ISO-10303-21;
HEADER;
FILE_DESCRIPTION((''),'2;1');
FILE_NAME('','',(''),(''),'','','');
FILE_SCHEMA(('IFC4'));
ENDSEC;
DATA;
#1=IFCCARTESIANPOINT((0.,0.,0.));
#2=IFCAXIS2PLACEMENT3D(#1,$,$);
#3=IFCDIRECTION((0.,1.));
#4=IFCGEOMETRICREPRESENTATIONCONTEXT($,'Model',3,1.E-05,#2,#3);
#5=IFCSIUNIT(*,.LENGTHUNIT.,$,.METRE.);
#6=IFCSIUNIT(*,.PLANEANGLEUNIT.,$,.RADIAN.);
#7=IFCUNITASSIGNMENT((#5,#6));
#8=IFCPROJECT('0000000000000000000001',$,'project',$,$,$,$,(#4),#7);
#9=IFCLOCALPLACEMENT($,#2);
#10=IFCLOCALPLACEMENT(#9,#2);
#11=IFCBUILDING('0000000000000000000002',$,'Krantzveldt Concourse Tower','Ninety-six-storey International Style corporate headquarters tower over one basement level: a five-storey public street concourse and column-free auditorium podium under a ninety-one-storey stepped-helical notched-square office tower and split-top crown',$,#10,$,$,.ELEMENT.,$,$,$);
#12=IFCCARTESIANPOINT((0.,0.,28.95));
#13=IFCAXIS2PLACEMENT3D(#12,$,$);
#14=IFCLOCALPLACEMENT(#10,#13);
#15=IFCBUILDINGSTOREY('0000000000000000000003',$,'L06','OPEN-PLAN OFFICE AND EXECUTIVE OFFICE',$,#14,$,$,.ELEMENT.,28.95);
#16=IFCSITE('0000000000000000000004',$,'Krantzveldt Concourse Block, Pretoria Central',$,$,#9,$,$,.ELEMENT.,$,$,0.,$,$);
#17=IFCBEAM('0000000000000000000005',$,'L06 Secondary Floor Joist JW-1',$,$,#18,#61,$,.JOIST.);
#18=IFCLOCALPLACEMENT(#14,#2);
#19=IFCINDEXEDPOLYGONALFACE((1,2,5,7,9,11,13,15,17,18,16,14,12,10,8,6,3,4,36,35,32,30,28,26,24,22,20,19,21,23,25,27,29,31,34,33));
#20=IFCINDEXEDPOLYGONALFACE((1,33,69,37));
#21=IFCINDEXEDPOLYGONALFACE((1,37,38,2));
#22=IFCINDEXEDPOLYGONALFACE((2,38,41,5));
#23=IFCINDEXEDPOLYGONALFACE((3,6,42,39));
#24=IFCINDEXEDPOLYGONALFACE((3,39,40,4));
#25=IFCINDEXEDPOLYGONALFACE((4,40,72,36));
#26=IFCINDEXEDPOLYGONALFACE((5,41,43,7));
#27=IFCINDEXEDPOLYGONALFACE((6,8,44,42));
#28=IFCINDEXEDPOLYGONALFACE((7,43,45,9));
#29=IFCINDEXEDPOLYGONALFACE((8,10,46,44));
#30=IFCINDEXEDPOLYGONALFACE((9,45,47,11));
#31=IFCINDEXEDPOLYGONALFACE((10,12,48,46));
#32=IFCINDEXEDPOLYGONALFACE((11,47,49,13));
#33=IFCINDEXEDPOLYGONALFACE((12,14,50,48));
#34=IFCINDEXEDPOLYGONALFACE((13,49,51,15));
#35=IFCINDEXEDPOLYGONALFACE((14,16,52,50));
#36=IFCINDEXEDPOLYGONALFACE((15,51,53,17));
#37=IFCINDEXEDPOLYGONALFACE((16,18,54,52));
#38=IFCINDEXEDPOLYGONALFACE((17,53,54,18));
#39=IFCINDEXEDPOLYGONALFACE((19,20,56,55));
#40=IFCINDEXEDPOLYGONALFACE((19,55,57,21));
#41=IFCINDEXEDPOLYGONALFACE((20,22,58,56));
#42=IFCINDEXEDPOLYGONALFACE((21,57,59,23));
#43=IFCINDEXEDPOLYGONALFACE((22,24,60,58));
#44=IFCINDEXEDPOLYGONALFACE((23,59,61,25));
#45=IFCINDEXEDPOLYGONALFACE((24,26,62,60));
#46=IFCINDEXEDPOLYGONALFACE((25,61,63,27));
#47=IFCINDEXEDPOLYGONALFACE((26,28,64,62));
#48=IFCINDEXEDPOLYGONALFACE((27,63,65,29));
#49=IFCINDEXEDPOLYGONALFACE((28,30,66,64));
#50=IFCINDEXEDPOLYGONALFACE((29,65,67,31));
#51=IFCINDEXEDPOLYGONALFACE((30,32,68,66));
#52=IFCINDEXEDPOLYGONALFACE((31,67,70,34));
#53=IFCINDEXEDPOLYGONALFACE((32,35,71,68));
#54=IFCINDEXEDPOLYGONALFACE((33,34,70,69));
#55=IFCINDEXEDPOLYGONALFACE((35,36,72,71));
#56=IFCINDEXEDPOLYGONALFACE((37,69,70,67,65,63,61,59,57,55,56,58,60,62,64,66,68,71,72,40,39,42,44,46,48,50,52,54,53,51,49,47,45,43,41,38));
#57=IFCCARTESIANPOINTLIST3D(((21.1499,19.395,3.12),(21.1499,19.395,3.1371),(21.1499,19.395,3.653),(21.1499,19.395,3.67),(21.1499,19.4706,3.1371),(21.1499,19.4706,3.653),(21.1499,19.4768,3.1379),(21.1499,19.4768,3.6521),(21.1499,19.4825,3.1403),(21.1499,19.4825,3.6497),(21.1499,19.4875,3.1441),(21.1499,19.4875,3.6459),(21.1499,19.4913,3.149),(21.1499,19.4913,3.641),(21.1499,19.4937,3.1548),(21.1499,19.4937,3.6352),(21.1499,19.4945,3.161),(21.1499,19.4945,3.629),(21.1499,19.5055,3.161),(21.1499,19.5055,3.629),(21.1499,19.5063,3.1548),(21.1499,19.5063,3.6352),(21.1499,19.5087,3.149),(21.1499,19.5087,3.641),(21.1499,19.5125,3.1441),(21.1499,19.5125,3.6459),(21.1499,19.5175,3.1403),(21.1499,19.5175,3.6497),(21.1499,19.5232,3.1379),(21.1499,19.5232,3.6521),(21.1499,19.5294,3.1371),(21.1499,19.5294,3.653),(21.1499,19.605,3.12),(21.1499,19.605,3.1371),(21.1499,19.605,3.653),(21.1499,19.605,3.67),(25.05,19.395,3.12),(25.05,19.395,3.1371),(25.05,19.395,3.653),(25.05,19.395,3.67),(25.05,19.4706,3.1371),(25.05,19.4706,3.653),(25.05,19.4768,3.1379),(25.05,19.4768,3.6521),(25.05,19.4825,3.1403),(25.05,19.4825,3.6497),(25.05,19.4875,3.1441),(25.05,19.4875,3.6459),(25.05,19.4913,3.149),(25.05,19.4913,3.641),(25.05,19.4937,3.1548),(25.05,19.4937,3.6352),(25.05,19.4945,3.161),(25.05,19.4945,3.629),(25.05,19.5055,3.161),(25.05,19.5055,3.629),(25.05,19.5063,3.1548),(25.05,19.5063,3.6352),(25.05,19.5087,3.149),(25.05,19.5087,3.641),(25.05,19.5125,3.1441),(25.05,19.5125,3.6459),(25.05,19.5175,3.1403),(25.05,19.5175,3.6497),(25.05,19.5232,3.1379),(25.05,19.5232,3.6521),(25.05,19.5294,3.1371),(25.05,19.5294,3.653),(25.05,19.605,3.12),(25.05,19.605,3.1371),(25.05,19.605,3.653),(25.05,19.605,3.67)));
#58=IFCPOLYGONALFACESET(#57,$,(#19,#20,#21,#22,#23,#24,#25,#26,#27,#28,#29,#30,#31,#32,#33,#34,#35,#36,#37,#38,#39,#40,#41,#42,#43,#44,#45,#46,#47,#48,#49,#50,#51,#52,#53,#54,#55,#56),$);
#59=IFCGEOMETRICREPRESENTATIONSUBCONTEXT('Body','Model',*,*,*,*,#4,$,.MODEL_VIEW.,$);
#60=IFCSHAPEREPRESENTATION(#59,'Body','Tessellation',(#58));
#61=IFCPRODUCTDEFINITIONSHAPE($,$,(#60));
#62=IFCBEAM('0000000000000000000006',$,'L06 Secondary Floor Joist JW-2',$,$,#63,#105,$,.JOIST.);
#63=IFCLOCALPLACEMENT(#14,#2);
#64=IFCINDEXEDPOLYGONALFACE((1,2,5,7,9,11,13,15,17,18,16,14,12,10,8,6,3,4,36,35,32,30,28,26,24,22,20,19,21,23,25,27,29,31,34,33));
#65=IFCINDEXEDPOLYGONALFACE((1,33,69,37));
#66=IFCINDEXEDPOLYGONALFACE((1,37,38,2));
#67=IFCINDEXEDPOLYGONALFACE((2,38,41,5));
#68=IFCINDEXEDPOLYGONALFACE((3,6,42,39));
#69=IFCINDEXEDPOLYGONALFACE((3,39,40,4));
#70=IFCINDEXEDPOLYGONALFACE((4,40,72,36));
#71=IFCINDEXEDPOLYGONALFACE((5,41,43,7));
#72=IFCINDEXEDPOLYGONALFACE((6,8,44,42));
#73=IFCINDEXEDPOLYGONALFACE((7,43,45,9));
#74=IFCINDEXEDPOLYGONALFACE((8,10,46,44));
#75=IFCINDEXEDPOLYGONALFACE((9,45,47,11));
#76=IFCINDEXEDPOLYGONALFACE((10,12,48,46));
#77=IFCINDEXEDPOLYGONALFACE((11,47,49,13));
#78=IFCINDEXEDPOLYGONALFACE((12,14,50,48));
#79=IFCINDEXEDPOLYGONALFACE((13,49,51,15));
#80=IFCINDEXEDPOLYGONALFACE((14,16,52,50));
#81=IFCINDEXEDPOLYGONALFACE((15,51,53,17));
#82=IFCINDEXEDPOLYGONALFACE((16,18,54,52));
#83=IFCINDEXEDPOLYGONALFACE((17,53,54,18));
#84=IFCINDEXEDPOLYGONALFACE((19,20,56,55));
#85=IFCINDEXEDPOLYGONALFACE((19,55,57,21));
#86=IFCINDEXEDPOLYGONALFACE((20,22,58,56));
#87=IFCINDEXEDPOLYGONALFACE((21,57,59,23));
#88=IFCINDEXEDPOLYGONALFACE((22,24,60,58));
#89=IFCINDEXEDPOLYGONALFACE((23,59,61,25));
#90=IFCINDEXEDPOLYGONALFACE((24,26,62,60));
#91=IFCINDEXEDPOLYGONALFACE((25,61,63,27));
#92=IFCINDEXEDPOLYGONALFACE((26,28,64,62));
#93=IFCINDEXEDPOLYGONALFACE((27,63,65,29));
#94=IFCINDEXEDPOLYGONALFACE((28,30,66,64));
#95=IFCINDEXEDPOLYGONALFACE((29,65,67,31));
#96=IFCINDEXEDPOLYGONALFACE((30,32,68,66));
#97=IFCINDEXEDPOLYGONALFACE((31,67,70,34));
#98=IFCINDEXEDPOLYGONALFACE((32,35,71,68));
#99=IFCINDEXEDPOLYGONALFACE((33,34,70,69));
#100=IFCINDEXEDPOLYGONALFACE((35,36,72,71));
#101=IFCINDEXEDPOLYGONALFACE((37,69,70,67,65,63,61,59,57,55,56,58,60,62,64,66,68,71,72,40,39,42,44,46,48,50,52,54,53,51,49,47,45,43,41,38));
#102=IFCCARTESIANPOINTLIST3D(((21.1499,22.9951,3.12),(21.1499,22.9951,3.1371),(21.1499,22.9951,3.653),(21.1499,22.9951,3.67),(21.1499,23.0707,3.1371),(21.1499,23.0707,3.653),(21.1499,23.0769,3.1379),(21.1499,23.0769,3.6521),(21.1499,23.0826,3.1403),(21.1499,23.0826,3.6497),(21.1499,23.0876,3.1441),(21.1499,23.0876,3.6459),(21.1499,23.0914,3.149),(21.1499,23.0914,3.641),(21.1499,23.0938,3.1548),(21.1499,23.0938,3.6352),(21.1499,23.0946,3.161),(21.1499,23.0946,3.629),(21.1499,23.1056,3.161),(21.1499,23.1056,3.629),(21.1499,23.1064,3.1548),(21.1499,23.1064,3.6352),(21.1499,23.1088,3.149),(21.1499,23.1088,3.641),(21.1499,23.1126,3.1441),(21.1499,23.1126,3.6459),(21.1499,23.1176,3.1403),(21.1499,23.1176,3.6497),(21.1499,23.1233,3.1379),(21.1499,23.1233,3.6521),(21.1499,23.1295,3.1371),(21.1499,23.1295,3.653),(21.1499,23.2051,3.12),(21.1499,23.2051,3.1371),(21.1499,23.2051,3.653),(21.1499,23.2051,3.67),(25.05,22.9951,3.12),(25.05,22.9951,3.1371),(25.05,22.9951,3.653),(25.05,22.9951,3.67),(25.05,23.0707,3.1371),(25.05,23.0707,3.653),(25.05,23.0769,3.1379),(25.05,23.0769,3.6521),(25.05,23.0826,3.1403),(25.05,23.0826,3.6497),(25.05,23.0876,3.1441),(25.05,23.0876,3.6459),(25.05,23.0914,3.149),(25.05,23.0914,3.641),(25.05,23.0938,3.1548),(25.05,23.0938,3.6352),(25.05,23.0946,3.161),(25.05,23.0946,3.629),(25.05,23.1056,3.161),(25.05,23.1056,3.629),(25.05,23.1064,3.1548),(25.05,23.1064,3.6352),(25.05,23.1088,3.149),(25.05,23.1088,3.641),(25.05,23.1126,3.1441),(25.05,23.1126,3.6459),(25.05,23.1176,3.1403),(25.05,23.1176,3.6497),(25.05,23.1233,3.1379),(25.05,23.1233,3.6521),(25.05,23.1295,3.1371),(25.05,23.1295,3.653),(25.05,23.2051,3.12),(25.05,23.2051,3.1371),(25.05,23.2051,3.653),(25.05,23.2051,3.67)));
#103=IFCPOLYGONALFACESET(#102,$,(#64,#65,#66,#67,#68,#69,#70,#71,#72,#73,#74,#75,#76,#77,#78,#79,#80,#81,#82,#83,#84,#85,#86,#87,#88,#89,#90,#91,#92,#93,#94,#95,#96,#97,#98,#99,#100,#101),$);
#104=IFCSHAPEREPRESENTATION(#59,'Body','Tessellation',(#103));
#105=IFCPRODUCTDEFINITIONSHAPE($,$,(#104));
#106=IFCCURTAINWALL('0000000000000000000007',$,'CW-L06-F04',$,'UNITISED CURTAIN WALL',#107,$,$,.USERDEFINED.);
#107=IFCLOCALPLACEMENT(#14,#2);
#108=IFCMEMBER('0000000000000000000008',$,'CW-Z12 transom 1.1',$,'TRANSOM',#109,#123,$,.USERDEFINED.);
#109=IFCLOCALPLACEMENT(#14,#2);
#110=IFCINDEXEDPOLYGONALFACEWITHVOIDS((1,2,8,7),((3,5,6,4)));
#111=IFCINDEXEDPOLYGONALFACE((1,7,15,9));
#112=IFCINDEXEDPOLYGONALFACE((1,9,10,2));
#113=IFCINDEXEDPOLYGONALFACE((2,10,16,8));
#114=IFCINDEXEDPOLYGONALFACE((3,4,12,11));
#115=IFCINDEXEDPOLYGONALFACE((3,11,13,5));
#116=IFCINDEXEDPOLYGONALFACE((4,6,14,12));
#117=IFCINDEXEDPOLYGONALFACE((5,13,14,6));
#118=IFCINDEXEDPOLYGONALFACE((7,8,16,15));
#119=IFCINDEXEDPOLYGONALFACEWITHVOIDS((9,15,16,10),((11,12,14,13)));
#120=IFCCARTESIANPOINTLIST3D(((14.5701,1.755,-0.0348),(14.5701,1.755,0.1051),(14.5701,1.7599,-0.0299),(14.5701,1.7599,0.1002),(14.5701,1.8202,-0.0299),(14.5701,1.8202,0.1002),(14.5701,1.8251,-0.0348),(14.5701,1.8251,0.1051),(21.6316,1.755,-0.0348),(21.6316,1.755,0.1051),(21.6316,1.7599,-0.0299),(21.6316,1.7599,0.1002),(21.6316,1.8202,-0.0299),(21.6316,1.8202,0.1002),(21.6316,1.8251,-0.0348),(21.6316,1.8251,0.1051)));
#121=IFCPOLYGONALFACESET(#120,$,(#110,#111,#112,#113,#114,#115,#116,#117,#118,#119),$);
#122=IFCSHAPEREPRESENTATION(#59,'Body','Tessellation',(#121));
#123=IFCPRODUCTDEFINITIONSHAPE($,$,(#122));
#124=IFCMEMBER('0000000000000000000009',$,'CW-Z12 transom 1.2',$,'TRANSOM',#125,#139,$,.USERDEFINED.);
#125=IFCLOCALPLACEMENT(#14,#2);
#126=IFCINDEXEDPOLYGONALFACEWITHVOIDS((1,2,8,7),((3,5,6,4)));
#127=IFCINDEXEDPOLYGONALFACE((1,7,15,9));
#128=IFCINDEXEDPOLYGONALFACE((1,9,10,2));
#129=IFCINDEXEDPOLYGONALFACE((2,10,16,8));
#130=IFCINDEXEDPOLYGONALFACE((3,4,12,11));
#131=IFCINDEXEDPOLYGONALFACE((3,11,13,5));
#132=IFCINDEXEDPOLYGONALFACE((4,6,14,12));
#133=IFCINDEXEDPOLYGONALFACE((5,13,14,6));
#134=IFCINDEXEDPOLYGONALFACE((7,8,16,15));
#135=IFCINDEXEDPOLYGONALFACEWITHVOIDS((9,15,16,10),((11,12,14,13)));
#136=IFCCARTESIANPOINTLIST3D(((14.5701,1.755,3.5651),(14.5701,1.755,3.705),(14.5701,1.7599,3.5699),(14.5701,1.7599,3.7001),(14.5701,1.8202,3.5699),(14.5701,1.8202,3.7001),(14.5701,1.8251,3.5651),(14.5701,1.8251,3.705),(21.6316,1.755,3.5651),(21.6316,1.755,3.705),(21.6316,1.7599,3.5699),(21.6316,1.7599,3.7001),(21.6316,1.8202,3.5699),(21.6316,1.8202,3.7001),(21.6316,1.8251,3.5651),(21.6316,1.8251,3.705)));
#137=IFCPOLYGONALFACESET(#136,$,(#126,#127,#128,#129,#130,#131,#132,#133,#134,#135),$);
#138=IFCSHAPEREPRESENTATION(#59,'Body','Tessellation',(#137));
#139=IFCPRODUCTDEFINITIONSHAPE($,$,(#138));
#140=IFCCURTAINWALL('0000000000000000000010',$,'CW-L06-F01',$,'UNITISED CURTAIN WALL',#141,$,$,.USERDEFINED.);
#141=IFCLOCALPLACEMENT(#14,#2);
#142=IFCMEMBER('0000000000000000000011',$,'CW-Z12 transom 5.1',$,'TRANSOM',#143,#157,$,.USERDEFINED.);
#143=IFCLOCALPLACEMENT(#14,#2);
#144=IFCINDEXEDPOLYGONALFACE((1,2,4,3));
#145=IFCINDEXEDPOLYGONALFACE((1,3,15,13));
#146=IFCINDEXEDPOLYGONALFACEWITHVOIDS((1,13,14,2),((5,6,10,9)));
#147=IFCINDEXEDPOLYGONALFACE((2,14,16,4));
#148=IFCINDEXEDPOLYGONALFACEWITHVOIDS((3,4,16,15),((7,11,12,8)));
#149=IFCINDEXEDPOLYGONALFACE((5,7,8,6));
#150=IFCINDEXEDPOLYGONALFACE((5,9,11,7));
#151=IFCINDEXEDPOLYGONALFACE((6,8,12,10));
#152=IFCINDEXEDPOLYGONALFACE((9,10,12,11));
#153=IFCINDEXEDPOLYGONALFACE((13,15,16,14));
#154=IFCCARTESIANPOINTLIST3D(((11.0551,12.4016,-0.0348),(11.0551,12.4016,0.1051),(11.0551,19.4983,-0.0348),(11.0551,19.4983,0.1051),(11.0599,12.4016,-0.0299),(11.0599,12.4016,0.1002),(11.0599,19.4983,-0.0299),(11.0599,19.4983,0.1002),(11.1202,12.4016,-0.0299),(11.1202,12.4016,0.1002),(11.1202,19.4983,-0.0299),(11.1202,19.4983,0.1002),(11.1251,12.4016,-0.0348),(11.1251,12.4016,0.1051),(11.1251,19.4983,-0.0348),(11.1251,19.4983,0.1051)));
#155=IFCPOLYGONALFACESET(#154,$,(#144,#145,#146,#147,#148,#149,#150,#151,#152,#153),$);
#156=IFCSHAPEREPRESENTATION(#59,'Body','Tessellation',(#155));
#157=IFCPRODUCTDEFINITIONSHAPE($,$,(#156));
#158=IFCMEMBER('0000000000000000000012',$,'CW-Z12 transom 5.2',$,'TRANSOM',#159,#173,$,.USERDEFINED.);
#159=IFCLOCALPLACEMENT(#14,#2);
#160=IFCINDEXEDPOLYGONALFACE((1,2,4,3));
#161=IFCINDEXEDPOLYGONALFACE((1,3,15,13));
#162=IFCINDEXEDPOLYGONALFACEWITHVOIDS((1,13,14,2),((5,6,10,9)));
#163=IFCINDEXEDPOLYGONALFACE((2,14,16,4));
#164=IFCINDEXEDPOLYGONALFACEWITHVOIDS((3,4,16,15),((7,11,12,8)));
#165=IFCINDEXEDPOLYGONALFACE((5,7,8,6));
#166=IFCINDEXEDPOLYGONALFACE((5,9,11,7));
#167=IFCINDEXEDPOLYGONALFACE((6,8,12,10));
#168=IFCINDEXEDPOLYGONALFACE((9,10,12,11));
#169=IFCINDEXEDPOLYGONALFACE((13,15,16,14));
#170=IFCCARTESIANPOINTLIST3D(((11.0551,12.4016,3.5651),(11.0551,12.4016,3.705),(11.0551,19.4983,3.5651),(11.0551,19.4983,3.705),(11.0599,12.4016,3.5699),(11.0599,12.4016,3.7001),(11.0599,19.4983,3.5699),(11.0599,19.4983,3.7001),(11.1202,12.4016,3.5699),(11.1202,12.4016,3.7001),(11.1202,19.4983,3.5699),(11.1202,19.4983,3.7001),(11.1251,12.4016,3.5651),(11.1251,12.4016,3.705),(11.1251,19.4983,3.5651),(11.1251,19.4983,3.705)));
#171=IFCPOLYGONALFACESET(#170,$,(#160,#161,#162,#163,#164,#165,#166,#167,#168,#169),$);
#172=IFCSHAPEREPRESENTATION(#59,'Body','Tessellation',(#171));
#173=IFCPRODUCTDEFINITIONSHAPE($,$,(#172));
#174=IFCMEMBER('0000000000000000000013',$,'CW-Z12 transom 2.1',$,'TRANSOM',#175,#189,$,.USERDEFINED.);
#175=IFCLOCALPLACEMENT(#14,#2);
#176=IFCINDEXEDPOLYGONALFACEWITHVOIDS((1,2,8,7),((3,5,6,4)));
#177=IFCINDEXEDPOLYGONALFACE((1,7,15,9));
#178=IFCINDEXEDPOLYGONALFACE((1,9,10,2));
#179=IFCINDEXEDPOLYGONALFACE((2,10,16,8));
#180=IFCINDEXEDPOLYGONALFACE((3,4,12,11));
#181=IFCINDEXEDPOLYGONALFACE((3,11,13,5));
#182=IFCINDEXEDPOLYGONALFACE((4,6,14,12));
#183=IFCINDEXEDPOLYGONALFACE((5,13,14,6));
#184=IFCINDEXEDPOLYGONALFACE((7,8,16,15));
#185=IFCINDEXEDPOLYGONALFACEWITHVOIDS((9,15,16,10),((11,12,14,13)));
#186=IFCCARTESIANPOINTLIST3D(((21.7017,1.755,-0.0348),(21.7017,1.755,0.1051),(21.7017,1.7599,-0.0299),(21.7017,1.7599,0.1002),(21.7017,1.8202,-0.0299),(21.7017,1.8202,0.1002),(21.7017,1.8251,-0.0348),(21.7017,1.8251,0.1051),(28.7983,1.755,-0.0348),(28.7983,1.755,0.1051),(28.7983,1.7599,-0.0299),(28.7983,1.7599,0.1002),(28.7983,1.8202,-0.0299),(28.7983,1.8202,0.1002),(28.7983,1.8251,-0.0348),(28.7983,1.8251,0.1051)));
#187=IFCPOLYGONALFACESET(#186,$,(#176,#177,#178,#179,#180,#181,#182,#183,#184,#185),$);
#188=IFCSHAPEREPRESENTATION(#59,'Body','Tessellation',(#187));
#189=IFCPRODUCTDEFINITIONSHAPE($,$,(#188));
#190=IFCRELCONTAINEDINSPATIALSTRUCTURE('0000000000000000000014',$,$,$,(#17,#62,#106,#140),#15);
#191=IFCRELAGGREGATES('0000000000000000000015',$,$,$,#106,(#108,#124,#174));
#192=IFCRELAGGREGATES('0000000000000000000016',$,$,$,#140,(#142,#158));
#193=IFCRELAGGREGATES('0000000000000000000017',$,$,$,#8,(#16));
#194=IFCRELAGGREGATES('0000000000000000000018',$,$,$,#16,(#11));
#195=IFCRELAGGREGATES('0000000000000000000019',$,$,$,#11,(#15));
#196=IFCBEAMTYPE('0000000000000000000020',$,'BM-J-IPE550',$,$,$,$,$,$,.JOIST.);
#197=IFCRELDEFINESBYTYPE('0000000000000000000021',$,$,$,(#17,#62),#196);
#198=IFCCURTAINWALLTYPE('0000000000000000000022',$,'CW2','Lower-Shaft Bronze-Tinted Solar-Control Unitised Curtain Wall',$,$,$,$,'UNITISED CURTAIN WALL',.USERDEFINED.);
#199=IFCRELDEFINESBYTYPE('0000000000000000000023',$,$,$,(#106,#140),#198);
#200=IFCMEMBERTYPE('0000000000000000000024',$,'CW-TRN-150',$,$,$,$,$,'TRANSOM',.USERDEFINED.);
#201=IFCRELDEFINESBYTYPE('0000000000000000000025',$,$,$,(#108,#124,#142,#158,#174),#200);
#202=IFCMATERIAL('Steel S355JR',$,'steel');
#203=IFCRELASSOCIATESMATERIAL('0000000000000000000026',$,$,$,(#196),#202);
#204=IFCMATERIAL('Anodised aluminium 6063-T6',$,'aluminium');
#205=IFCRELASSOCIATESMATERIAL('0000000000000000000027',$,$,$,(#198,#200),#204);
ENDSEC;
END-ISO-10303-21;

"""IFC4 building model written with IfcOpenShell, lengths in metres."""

from ifc_helpers import new_model, si_unit, direction, frame, origin, origin_2d, place, context, subcontext, project, spatial, hollow_rectangle, i_section, extrude, source, transform, mapped, material, material_profile, profile_set, type_object, type_shapes, element, aggregate, save


model = new_model("IFC4")

# Units and contexts
model_context = context("Model", 3, precision=1e-05, world=origin(), true_north=direction((0.0, 1.0)))
body_context = subcontext(model_context, "Body", "Model", "MODEL_VIEW")
ifc_project = project(units=[si_unit("LENGTHUNIT", "METRE"), si_unit("PLANEANGLEUNIT", "RADIAN")], contexts=[model_context])

# Site, building, storey
site_placement = place(None, origin())
site = spatial("IfcSite", under=ifc_project, at=site_placement, Name="Krantzveldt Concourse Block, Pretoria Central", CompositionType="ELEMENT", RefElevation=0.0)
building_placement = place(site_placement, origin())
building = spatial("IfcBuilding", under=site, at=building_placement, Name="Krantzveldt Concourse Tower", Description="Ninety-six-storey International Style corporate headquarters tower over one basement level: a five-storey public street concourse and column-free auditorium podium under a ninety-one-storey stepped-helical notched-square office tower and split-top crown", CompositionType="ELEMENT")
storey_placement = place(building_placement, frame((0.0, 0.0, 28.95)))
storey = spatial("IfcBuildingStorey", under=building, at=storey_placement, Name="L06", Description="OPEN-PLAN OFFICE AND EXECUTIVE OFFICE", CompositionType="ELEMENT", Elevation=28.95)

# Beams
ifc_material_1 = material(Name="Steel S355JR", Category="steel")
ifc_material_profile_1 = material_profile(ifc_material_1, i_section(OverallWidth=0.21, OverallDepth=0.55, WebThickness=0.011, FlangeThickness=0.0171, FilletRadius=0.0239, at=origin_2d()), Name="Steel S355JR", Category="steel")
ifc_profile_set_1 = profile_set([ifc_material_profile_1], Name="Steel S355JR - IPE 550")
beam_type_1 = type_object("IfcBeamType", Name="BM-J-IPE550", PredefinedType="JOIST", material=ifc_profile_set_1)
shared_shape_1 = source(origin(), body_context, "Body", "SweptSolid", [
    extrude(i_section(OverallWidth=0.21, OverallDepth=0.55, WebThickness=0.011, FlangeThickness=0.0171, FilletRadius=0.0239, at=origin_2d()), origin(), (0.0, 0.0, 1.0), 3.9001),
])
type_shapes(beam_type_1, [shared_shape_1])
for number, where, z_axis, x_axis, name in (
    (1, (21.1499, 19.5, 3.395), (1.0, 0.0, 0.0), (0.0, 1.0, 0.0), "L06 Secondary Floor Joist JW-1"),
    (2, (21.1499, 23.1001, 3.395), (1.0, 0.0, 0.0), (0.0, 1.0, 0.0), "L06 Secondary Floor Joist JW-2"),
):
    element("IfcBeam", number, at=place(storey_placement, frame(where, z_axis=z_axis, x_axis=x_axis)), inside=storey, type_object=beam_type_1, Name=name, PredefinedType="JOIST", context=body_context, shape_type="MappedRepresentation", body=[
        mapped(shared_shape_1, transform((0.0, 0.0, 0.0), x_axis=(1.0, 0.0, 0.0), y_axis=(0.0, 1.0, 0.0), z_axis=(0.0, 0.0, 1.0), scale=1.0)),
    ])

# Curtain walls, members
ifc_material_2 = material(Name="Anodised aluminium 6063-T6", Category="aluminium")
curtain_wall_type = type_object("IfcCurtainWallType", Name="CW2", Description="Lower-Shaft Bronze-Tinted Solar-Control Unitised Curtain Wall", ElementType="UNITISED CURTAIN WALL", PredefinedType="USERDEFINED", material=ifc_material_2)
curtain_wall_1_placement = place(storey_placement, origin())
curtain_wall_1 = element("IfcCurtainWall", 3, at=curtain_wall_1_placement, inside=storey, type_object=curtain_wall_type, Name="CW-L06-F04", ObjectType="UNITISED CURTAIN WALL", PredefinedType="USERDEFINED")
ifc_material_profile_2 = material_profile(ifc_material_2, hollow_rectangle(XDim=0.0701, YDim=0.1399, WallThickness=0.0049, at=origin_2d()), Name="Anodised aluminium 6063-T6", Category="aluminium")
ifc_profile_set_2 = profile_set([ifc_material_profile_2], Name="Anodised aluminium 6063-T6 - ALU-TRAN 140x70x5")
member_type_1 = type_object("IfcMemberType", Name="CW-TRN-150", ElementType="TRANSOM", PredefinedType="USERDEFINED", material=ifc_profile_set_2)
shared_shape_2 = source(origin(), body_context, "Body", "SweptSolid", [
    extrude(hollow_rectangle(XDim=0.0701, YDim=0.1399, WallThickness=0.0049, at=origin_2d()), origin(), (0.0, 0.0, 1.0), 7.0615),
])
member_1_placement = place(storey_placement, frame((14.5701, 1.79, 0.0352), z_axis=(1.0, 0.0, 0.0), x_axis=(0.0, 1.0, 0.0)))
member_1 = element("IfcMember", 4, at=member_1_placement, type_object=member_type_1, Name="CW-Z12 transom 1.1", ObjectType="TRANSOM", PredefinedType="USERDEFINED", context=body_context, shape_type="MappedRepresentation", body=[
    mapped(shared_shape_2, transform((0.0, 0.0, 0.0), x_axis=(1.0, 0.0, 0.0), y_axis=(0.0, 1.0, 0.0), z_axis=(0.0, 0.0, 1.0), scale=1.0)),
])
member_2_placement = place(storey_placement, frame((14.5701, 1.79, 3.635), z_axis=(1.0, 0.0, 0.0), x_axis=(0.0, 1.0, 0.0)))
member_2 = element("IfcMember", 5, at=member_2_placement, type_object=member_type_1, Name="CW-Z12 transom 1.2", ObjectType="TRANSOM", PredefinedType="USERDEFINED", context=body_context, shape_type="MappedRepresentation", body=[
    mapped(shared_shape_2, transform((0.0, 0.0, 0.0), x_axis=(1.0, 0.0, 0.0), y_axis=(0.0, 1.0, 0.0), z_axis=(0.0, 0.0, 1.0), scale=1.0)),
])
curtain_wall_2_placement = place(storey_placement, origin())
curtain_wall_2 = element("IfcCurtainWall", 6, at=curtain_wall_2_placement, inside=storey, type_object=curtain_wall_type, Name="CW-L06-F01", ObjectType="UNITISED CURTAIN WALL", PredefinedType="USERDEFINED")
shared_shape_3 = source(origin(), body_context, "Body", "SweptSolid", [
    extrude(hollow_rectangle(XDim=0.0701, YDim=0.1399, WallThickness=0.0049, at=origin_2d()), origin(), (0.0, 0.0, 1.0), 7.0967),
])
member_3_placement = place(storey_placement, frame((11.0901, 19.4983, 0.0352), z_axis=(0.0, -1.0, 0.0), x_axis=(1.0, 0.0, 0.0)))
member_3 = element("IfcMember", 7, at=member_3_placement, type_object=member_type_1, Name="CW-Z12 transom 5.1", ObjectType="TRANSOM", PredefinedType="USERDEFINED", context=body_context, shape_type="MappedRepresentation", body=[
    mapped(shared_shape_3, transform((0.0, 0.0, 0.0), x_axis=(1.0, 0.0, 0.0), y_axis=(0.0, 1.0, 0.0), z_axis=(0.0, 0.0, 1.0), scale=1.0)),
])
member_4_placement = place(storey_placement, frame((11.0901, 19.4983, 3.635), z_axis=(0.0, -1.0, 0.0), x_axis=(1.0, 0.0, 0.0)))
member_4 = element("IfcMember", 8, at=member_4_placement, type_object=member_type_1, Name="CW-Z12 transom 5.2", ObjectType="TRANSOM", PredefinedType="USERDEFINED", context=body_context, shape_type="MappedRepresentation", body=[
    mapped(shared_shape_3, transform((0.0, 0.0, 0.0), x_axis=(1.0, 0.0, 0.0), y_axis=(0.0, 1.0, 0.0), z_axis=(0.0, 0.0, 1.0), scale=1.0)),
])

# Member
member_5_placement = place(storey_placement, frame((21.7017, 1.79, 0.0352), z_axis=(1.0, 0.0, 0.0), x_axis=(0.0, 1.0, 0.0)))
member_5 = element("IfcMember", 9, at=member_5_placement, type_object=member_type_1, Name="CW-Z12 transom 2.1", ObjectType="TRANSOM", PredefinedType="USERDEFINED", context=body_context, shape_type="MappedRepresentation", body=[
    mapped(shared_shape_3, transform((0.0, 0.0, 0.0), x_axis=(1.0, 0.0, 0.0), y_axis=(0.0, 1.0, 0.0), z_axis=(0.0, 0.0, 1.0), scale=1.0)),
])

aggregate(curtain_wall_1, [member_1, member_2, member_5])
aggregate(curtain_wall_2, [member_3, member_4])

save(model, "model.ifc")
